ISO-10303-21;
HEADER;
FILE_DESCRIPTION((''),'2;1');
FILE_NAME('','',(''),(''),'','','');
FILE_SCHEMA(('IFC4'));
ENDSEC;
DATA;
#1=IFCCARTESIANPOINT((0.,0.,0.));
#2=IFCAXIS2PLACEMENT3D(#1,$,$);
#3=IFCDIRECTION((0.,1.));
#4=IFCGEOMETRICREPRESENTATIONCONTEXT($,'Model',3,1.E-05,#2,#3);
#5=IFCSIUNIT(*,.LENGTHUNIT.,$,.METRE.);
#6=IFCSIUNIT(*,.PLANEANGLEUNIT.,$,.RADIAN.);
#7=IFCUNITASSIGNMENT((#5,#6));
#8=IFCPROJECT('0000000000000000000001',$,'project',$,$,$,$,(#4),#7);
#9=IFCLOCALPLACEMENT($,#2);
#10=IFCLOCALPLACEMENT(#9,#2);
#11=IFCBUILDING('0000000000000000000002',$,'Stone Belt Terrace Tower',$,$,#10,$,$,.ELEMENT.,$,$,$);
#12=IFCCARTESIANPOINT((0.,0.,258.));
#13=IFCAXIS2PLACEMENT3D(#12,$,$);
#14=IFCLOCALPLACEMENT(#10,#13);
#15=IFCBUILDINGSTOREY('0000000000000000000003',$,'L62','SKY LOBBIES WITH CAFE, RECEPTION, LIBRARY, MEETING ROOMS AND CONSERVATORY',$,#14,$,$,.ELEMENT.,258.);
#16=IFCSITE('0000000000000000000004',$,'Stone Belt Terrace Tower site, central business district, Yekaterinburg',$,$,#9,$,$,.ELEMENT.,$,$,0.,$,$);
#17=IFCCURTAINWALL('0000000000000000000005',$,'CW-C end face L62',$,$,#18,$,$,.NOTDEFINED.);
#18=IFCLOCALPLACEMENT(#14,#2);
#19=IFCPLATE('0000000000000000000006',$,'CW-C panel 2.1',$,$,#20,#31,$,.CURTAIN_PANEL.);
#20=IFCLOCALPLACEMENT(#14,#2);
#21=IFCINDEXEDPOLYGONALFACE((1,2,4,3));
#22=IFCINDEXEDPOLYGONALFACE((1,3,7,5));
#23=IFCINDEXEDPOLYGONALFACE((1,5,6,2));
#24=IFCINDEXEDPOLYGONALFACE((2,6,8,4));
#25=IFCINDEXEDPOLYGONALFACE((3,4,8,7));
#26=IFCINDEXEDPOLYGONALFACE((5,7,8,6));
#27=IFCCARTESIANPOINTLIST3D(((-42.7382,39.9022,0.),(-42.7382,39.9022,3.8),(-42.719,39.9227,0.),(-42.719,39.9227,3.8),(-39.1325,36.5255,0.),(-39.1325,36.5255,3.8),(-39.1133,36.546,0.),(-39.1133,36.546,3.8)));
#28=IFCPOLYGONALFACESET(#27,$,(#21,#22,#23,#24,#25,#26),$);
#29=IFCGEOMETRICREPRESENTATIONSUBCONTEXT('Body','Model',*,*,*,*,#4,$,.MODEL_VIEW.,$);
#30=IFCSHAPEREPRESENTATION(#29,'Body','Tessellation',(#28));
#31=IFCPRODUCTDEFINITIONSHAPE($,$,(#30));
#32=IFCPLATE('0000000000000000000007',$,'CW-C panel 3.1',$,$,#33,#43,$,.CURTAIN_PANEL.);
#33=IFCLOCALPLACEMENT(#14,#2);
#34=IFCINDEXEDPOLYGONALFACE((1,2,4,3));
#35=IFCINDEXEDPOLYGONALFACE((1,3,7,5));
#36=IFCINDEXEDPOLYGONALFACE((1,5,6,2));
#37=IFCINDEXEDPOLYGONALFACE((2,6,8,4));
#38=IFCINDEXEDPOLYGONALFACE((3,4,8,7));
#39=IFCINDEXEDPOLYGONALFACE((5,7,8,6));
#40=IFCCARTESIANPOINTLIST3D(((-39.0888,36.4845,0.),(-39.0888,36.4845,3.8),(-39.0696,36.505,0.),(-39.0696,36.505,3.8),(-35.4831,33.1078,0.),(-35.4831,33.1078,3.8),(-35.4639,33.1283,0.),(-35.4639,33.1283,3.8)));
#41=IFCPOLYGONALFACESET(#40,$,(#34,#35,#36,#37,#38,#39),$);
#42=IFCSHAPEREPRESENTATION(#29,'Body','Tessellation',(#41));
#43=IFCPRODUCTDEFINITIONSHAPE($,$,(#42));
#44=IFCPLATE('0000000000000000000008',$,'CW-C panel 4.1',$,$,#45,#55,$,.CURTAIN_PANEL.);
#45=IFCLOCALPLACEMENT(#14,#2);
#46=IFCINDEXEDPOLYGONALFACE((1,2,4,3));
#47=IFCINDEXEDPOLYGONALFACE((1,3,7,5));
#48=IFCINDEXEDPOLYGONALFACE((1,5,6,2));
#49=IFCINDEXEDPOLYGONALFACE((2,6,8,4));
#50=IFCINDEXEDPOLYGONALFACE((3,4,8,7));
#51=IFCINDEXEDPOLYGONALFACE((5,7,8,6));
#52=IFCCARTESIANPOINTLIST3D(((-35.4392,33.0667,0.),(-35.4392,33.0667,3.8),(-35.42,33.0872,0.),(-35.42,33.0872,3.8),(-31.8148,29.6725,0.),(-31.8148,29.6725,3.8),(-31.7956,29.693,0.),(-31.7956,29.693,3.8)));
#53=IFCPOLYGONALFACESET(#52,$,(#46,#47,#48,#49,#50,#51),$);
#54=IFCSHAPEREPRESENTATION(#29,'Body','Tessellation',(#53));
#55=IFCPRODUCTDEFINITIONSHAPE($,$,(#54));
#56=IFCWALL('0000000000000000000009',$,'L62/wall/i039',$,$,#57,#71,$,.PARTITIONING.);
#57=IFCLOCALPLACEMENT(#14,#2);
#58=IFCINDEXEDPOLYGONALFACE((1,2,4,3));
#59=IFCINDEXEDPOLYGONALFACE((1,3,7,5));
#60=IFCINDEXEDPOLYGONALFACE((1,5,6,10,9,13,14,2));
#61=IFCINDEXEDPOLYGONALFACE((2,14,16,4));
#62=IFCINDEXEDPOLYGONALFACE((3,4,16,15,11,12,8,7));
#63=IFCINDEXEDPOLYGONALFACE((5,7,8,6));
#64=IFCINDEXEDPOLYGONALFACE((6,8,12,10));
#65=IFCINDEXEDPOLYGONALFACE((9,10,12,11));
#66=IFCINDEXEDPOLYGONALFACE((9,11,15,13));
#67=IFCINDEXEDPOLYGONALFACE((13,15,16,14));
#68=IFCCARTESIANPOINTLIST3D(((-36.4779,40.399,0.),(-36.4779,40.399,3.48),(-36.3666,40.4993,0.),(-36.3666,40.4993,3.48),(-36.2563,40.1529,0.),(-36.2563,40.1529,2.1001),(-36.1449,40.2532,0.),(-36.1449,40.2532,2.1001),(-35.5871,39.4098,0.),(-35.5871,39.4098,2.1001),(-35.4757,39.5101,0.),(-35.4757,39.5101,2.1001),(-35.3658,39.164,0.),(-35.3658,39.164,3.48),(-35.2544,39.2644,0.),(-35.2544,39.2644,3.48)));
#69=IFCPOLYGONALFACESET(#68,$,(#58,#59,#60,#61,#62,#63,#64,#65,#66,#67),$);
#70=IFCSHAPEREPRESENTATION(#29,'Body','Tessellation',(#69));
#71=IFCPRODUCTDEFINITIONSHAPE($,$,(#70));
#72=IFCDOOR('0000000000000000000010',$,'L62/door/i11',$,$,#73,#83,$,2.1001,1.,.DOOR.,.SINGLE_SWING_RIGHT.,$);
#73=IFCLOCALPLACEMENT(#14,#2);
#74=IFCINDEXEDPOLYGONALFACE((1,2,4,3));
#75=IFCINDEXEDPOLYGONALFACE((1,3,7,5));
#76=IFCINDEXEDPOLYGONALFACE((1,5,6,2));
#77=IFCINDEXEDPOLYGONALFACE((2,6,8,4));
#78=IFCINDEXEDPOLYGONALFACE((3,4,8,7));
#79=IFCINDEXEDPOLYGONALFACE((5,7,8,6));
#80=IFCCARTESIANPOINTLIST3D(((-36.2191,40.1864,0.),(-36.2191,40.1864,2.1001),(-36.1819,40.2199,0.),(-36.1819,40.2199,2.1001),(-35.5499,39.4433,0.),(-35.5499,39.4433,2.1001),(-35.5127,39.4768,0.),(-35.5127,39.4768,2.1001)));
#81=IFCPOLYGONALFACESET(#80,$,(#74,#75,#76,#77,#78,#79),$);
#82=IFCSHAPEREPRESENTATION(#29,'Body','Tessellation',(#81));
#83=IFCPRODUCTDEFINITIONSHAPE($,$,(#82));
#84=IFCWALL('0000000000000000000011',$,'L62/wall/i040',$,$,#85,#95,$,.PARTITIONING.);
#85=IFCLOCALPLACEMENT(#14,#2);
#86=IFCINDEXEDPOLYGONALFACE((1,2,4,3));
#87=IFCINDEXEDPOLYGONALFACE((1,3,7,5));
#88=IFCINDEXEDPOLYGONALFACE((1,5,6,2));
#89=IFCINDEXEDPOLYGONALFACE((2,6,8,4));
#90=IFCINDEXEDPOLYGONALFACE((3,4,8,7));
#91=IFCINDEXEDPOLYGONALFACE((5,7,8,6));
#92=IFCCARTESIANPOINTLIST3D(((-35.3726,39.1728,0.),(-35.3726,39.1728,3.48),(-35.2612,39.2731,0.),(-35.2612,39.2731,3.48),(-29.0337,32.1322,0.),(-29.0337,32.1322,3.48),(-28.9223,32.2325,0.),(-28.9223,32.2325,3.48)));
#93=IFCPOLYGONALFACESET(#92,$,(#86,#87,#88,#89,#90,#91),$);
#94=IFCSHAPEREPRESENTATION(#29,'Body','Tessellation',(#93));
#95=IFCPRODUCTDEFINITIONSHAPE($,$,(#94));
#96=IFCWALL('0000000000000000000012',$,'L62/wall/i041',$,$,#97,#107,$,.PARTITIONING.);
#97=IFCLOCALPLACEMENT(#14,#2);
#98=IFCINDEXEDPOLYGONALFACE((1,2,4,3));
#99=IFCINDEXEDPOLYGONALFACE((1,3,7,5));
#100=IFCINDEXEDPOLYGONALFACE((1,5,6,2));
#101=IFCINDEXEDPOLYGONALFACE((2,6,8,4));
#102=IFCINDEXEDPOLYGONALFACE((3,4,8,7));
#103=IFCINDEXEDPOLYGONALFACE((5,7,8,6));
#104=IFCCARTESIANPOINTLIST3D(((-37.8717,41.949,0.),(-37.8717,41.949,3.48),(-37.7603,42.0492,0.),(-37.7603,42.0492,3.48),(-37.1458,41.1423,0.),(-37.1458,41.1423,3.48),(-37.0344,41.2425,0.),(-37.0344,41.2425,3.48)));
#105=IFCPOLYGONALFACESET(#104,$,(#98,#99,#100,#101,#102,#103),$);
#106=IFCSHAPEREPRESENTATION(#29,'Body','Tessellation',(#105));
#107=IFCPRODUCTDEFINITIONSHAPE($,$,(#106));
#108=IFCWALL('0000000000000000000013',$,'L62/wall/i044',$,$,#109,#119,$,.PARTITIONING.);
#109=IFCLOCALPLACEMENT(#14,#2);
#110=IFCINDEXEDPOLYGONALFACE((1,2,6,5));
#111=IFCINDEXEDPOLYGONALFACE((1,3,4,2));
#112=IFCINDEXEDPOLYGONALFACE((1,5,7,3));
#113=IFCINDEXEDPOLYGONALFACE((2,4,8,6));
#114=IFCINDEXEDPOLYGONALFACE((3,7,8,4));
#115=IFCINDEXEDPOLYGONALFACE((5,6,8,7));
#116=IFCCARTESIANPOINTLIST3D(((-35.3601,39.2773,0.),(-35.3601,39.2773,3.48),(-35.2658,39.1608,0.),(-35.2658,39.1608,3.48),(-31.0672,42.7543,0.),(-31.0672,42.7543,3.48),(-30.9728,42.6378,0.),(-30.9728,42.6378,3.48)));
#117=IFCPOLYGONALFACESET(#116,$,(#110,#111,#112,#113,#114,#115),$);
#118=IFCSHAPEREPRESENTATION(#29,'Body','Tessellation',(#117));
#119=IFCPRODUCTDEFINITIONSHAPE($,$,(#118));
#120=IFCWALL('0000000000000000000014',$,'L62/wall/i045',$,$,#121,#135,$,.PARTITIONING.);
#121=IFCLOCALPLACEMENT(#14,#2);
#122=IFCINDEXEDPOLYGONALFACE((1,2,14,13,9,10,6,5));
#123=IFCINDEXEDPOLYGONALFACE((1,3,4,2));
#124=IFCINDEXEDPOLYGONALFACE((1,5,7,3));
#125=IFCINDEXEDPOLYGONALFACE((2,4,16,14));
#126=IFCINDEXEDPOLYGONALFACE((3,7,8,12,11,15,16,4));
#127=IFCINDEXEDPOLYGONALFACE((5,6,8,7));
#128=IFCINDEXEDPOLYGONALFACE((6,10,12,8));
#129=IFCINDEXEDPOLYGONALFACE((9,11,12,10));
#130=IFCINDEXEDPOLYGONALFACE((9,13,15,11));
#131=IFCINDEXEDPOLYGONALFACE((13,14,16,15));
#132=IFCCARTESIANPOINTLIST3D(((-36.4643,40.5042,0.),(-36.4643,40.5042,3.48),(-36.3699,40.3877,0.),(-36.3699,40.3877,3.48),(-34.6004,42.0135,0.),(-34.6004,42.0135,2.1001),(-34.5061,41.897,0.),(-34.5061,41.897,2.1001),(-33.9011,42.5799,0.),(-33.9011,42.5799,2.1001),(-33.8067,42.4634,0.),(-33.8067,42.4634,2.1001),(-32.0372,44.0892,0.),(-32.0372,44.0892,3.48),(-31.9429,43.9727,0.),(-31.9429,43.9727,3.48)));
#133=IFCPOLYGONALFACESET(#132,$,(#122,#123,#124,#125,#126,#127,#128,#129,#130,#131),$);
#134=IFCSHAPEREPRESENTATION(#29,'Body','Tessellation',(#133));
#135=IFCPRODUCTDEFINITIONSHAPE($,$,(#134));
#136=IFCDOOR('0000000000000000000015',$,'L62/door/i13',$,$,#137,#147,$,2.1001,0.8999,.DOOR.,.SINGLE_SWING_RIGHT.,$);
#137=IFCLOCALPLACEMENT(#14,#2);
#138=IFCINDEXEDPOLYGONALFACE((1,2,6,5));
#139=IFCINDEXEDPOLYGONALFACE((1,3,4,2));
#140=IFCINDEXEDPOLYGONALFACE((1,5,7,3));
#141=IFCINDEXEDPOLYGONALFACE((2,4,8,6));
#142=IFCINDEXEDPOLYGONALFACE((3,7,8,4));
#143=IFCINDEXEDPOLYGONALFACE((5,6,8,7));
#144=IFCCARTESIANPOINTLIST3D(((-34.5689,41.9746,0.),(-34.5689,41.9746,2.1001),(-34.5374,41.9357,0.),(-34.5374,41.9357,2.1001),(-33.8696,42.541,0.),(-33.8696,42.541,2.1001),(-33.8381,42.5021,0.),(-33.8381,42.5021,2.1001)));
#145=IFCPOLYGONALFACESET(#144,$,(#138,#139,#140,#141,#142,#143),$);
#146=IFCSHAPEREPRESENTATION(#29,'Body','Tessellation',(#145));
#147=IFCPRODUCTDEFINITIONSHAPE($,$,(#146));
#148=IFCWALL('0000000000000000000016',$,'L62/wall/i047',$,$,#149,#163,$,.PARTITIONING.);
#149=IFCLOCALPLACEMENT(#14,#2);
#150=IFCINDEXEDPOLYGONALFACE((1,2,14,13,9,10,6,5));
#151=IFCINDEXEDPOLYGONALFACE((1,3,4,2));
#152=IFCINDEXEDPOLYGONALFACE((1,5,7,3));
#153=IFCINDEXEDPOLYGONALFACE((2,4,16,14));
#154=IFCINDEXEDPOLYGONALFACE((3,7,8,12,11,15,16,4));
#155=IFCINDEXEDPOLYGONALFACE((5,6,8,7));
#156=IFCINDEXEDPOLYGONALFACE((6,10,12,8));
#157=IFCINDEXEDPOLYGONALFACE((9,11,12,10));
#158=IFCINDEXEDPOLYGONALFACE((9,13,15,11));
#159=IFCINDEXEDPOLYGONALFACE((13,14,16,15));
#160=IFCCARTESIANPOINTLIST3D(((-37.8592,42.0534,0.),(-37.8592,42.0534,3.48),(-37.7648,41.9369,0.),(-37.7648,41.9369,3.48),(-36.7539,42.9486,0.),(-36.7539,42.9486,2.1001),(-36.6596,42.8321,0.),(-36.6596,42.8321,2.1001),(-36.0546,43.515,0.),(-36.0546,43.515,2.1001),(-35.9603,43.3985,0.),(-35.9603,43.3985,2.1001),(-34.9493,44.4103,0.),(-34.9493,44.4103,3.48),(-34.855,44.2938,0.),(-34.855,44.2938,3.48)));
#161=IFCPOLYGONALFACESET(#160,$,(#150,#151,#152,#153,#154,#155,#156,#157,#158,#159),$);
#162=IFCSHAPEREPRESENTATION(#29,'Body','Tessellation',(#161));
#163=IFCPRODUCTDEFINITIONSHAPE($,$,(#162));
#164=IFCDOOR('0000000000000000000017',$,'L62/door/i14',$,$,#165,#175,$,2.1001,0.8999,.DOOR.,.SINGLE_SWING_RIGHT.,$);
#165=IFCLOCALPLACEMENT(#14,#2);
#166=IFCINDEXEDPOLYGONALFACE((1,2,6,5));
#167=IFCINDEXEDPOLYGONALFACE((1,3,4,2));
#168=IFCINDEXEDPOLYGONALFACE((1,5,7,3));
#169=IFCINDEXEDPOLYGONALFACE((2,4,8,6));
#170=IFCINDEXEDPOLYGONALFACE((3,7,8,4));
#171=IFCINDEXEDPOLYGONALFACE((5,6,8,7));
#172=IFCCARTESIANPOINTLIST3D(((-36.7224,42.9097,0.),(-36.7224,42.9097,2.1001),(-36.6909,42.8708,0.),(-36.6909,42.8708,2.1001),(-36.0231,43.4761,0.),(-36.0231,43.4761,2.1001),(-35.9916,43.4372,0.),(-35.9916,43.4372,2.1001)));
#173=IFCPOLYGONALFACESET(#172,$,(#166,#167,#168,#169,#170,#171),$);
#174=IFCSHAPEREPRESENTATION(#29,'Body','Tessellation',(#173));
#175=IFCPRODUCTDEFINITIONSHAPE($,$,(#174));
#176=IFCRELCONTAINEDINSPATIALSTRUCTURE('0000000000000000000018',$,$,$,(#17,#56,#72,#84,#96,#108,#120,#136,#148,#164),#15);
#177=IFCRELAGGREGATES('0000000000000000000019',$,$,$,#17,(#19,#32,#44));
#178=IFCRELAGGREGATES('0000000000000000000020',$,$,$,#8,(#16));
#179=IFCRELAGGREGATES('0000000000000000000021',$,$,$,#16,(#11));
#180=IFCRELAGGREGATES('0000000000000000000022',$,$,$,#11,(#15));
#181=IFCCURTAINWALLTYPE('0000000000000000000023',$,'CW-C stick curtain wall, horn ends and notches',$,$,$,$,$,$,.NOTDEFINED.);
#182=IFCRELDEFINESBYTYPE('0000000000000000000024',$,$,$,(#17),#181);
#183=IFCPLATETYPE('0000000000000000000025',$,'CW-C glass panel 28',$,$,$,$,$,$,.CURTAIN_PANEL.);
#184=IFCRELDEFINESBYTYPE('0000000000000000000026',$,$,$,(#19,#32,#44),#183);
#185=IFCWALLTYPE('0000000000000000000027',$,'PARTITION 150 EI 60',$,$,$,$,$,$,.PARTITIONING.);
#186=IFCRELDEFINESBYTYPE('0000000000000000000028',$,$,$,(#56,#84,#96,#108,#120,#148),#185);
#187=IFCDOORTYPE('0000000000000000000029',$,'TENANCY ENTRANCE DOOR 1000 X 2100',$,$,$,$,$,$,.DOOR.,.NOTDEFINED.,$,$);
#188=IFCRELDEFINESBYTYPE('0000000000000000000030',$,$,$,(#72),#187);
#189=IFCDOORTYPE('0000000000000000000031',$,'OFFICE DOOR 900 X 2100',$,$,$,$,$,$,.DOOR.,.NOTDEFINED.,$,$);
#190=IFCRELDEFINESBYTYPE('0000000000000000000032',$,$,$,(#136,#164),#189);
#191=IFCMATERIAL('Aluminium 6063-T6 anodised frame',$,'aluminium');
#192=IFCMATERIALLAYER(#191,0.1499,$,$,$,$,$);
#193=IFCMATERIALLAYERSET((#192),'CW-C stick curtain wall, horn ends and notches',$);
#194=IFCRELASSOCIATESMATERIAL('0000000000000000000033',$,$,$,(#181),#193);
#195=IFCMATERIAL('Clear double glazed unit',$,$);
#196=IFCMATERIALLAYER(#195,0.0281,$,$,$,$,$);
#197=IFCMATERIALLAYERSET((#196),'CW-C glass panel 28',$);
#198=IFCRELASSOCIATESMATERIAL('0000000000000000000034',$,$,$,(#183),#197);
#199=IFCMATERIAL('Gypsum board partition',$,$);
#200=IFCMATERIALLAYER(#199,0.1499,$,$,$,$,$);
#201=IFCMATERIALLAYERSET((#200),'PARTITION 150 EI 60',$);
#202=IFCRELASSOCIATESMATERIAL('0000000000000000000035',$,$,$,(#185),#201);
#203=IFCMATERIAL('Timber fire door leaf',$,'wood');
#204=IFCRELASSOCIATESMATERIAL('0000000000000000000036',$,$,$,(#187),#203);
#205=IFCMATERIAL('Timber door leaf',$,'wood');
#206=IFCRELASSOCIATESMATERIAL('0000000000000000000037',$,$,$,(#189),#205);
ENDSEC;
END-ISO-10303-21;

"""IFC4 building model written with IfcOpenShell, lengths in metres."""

from ifc_helpers import new_model, si_unit, direction, frame, frame_2d, origin, origin_2d, place, context, subcontext, project, spatial, rectangle, extrude, material, layer, layer_set, type_object, element, fill, aggregate, save


model = new_model("IFC4")

# Units and contexts
model_context = context("Model", 3, precision=1e-05, world=origin(), true_north=direction((0.0, 1.0)))
body_context = subcontext(model_context, "Body", "Model", "MODEL_VIEW")
ifc_project = project(units=[si_unit("LENGTHUNIT", "METRE"), si_unit("PLANEANGLEUNIT", "RADIAN")], contexts=[model_context])

# Site, building, storey
site_placement = place(None, origin())
site = spatial("IfcSite", under=ifc_project, at=site_placement, Name="Stone Belt Terrace Tower site, central business district, Yekaterinburg", CompositionType="ELEMENT", RefElevation=0.0)
building_placement = place(site_placement, origin())
building = spatial("IfcBuilding", under=site, at=building_placement, Name="Stone Belt Terrace Tower", CompositionType="ELEMENT")
storey_placement = place(building_placement, frame((0.0, 0.0, 258.0)))
storey = spatial("IfcBuildingStorey", under=building, at=storey_placement, Name="L62", Description="SKY LOBBIES WITH CAFE, RECEPTION, LIBRARY, MEETING ROOMS AND CONSERVATORY", CompositionType="ELEMENT", Elevation=258.0)

# Curtain wall
ifc_material_1 = material(Name="Aluminium 6063-T6 anodised frame", Category="aluminium")
ifc_layer_1 = layer(ifc_material_1, 0.1499)
ifc_layer_set_1 = layer_set([ifc_layer_1], Name="CW-C stick curtain wall, horn ends and notches")
curtain_wall_type_1 = type_object("IfcCurtainWallType", Name="CW-C stick curtain wall, horn ends and notches", PredefinedType="NOTDEFINED", material=ifc_layer_set_1)
curtain_wall_1_placement = place(storey_placement, origin())
curtain_wall_1 = element("IfcCurtainWall", 1, at=curtain_wall_1_placement, inside=storey, type_object=curtain_wall_type_1, Name="CW-C end face L62", PredefinedType="NOTDEFINED")

# Plates
ifc_material_2 = material(Name="Clear double glazed unit")
ifc_layer_2 = layer(ifc_material_2, 0.0281)
ifc_layer_set_2 = layer_set([ifc_layer_2], Name="CW-C glass panel 28")
plate_type = type_object("IfcPlateType", Name="CW-C glass panel 28", PredefinedType="CURTAIN_PANEL", material=ifc_layer_set_2)
plate_1_placement = place(storey_placement, frame((-40.9258, 38.2241, 0.0), z_axis=(0.0, 0.0, 1.0), x_axis=(0.729904, -0.683549, 0.0)))
plate_1 = element("IfcPlate", 2, at=plate_1_placement, type_object=plate_type, Name="CW-C panel 2.1", PredefinedType="CURTAIN_PANEL", context=body_context, shape_type="SweptSolid", body=[
    extrude(rectangle(XDim=4.9399, YDim=0.0281, at=origin_2d()), origin(), (0.0, 0.0, 1.0), 3.8),
])
plate_2_placement = place(storey_placement, frame((-37.2764, 34.8064, 0.0), z_axis=(0.0, 0.0, 1.0), x_axis=(0.729904, -0.683549, 0.0)))
plate_2 = element("IfcPlate", 3, at=plate_2_placement, type_object=plate_type, Name="CW-C panel 3.1", PredefinedType="CURTAIN_PANEL", context=body_context, shape_type="SweptSolid", body=[
    extrude(rectangle(XDim=4.9399, YDim=0.0281, at=origin_2d()), origin(), (0.0, 0.0, 1.0), 3.8),
])
plate_3_placement = place(storey_placement, frame((-33.6174, 31.3799, 0.0), z_axis=(0.0, 0.0, 1.0), x_axis=(0.729904, -0.683549, 0.0)))
plate_3 = element("IfcPlate", 4, at=plate_3_placement, type_object=plate_type, Name="CW-C panel 4.1", PredefinedType="CURTAIN_PANEL", context=body_context, shape_type="SweptSolid", body=[
    extrude(rectangle(XDim=4.9656, YDim=0.0281, at=origin_2d()), origin(), (0.0, 0.0, 1.0), 3.8),
])
aggregate(curtain_wall_1, [plate_1, plate_2, plate_3])

# Wall, opening, door
ifc_material_3 = material(Name="Gypsum board partition")
ifc_layer_3 = layer(ifc_material_3, 0.1499)
ifc_layer_set_3 = layer_set([ifc_layer_3], Name="PARTITION 150 EI 60")
wall_type = type_object("IfcWallType", Name="PARTITION 150 EI 60", PredefinedType="PARTITIONING", material=ifc_layer_set_3)
wall_1_placement = place(storey_placement, frame((-35.3101, 39.2141, 0.0), z_axis=(0.0, 0.0, 1.0), x_axis=(-0.669192, 0.74309, 0.0)))
wall_1 = element("IfcWall", 5, at=wall_1_placement, inside=storey, type_object=wall_type, Name="L62/wall/i039", PredefinedType="PARTITIONING", context=body_context, shape_type="SweptSolid", body=[
    extrude(rectangle(XDim=1.6619, YDim=0.1499, at=frame_2d((0.8311, 0.0))), origin(), (0.0, 0.0, 1.0), 3.48),
])
opening_1_placement = place(wall_1_placement, frame((0.3308, 0.0, 0.0)))
opening_1 = element("IfcOpeningElement", 6, at=opening_1_placement, cuts=wall_1, PredefinedType="OPENING", context=body_context, shape_type="SweptSolid", body=[
    extrude(rectangle(XDim=1.0, YDim=2.1001, at=frame_2d((0.5, 1.05))), frame((0.0, 0.085, 0.0), z_axis=(0.0, -1.0, 0.0), x_axis=(1.0, 0.0, 0.0)), (0.0, 0.0, 1.0), 0.1699),
])
ifc_material_4 = material(Name="Timber fire door leaf", Category="wood")
door_type_1 = type_object("IfcDoorType", Name="TENANCY ENTRANCE DOOR 1000 X 2100", OperationType="NOTDEFINED", PredefinedType="DOOR", material=ifc_material_4)
door_1_placement = place(opening_1_placement, origin())
door_1 = element("IfcDoor", 7, at=door_1_placement, inside=storey, type_object=door_type_1, Name="L62/door/i11", OperationType="SINGLE_SWING_RIGHT", OverallHeight=2.1001, OverallWidth=1.0, PredefinedType="DOOR", context=body_context, shape_type="SweptSolid", body=[
    extrude(rectangle(XDim=1.0, YDim=2.1001, at=frame_2d((0.5, 1.05))), frame((0.0, 0.0249, 0.0), z_axis=(0.0, -1.0, 0.0), x_axis=(1.0, 0.0, 0.0)), (0.0, 0.0, 1.0), 0.05),
])
fill(opening_1, door_1)

# Walls
wall_2_placement = place(storey_placement, frame((-35.3169, 39.2229, 0.0), z_axis=(0.0, 0.0, 1.0), x_axis=(0.669104, -0.743169, 0.0)))
element("IfcWall", 8, at=wall_2_placement, inside=storey, type_object=wall_type, Name="L62/wall/i040", PredefinedType="PARTITIONING", context=body_context, shape_type="SweptSolid", body=[
    extrude(rectangle(XDim=9.4736, YDim=0.1499, at=frame_2d((4.7368, 0.0))), origin(), (0.0, 0.0, 1.0), 3.48),
])
wall_3_placement = place(storey_placement, frame((-37.8159, 41.999, 0.0), z_axis=(0.0, 0.0, 1.0), x_axis=(0.66889, -0.743361, 0.0)))
element("IfcWall", 9, at=wall_3_placement, inside=storey, type_object=wall_type, Name="L62/wall/i041", PredefinedType="PARTITIONING", context=body_context, shape_type="SweptSolid", body=[
    extrude(rectangle(XDim=1.0852, YDim=0.1499, at=frame_2d((0.5425, 0.0))), origin(), (0.0, 0.0, 1.0), 3.48),
])
wall_4_placement = place(storey_placement, frame((-31.02, 42.696, 0.0), z_axis=(0.0, 0.0, 1.0), x_axis=(-0.777086, -0.629394, 0.0)))
element("IfcWall", 10, at=wall_4_placement, inside=storey, type_object=wall_type, Name="L62/wall/i044", PredefinedType="PARTITIONING", context=body_context, shape_type="SweptSolid", body=[
    extrude(rectangle(XDim=5.5244, YDim=0.1499, at=frame_2d((2.7622, 0.0))), origin(), (0.0, 0.0, 1.0), 3.48),
])

# Walls, openings, doors
wall_5_placement = place(storey_placement, frame((-36.417, 40.446, 0.0), z_axis=(0.0, 0.0, 1.0), x_axis=(0.777142, 0.629325, 0.0)))
wall_5 = element("IfcWall", 11, at=wall_5_placement, inside=storey, type_object=wall_type, Name="L62/wall/i045", PredefinedType="PARTITIONING", context=body_context, shape_type="SweptSolid", body=[
    extrude(rectangle(XDim=5.6965, YDim=0.1499, at=frame_2d((2.8481, 0.0))), origin(), (0.0, 0.0, 1.0), 3.48),
])
opening_2_placement = place(wall_5_placement, frame((2.3982, 0.0, 0.0)))
opening_2 = element("IfcOpeningElement", 12, at=opening_2_placement, cuts=wall_5, PredefinedType="OPENING", context=body_context, shape_type="SweptSolid", body=[
    extrude(rectangle(XDim=0.8999, YDim=2.1001, at=frame_2d((0.45, 1.05))), frame((0.0, 0.085, 0.0), z_axis=(0.0, -1.0, 0.0), x_axis=(1.0, 0.0, 0.0)), (0.0, 0.0, 1.0), 0.1699),
])
ifc_material_5 = material(Name="Timber door leaf", Category="wood")
door_type_2 = type_object("IfcDoorType", Name="OFFICE DOOR 900 X 2100", OperationType="NOTDEFINED", PredefinedType="DOOR", material=ifc_material_5)
door_2_placement = place(opening_2_placement, origin())
door_2 = element("IfcDoor", 13, at=door_2_placement, inside=storey, type_object=door_type_2, Name="L62/door/i13", OperationType="SINGLE_SWING_RIGHT", OverallHeight=2.1001, OverallWidth=0.8999, PredefinedType="DOOR", context=body_context, shape_type="SweptSolid", body=[
    extrude(rectangle(XDim=0.8999, YDim=2.1001, at=frame_2d((0.45, 1.05))), frame((0.0, 0.0249, 0.0), z_axis=(0.0, -1.0, 0.0), x_axis=(1.0, 0.0, 0.0)), (0.0, 0.0, 1.0), 0.05),
])
fill(opening_2, door_2)
wall_6_placement = place(storey_placement, frame((-37.812, 41.9951, 0.0), z_axis=(0.0, 0.0, 1.0), x_axis=(0.777076, 0.629406, 0.0)))
wall_6 = element("IfcWall", 14, at=wall_6_placement, inside=storey, type_object=wall_type, Name="L62/wall/i047", PredefinedType="PARTITIONING", context=body_context, shape_type="SweptSolid", body=[
    extrude(rectangle(XDim=3.7446, YDim=0.1499, at=frame_2d((1.8723, 0.0))), origin(), (0.0, 0.0, 1.0), 3.48),
])
opening_3_placement = place(wall_6_placement, frame((1.4224, 0.0, 0.0)))
opening_3 = element("IfcOpeningElement", 15, at=opening_3_placement, cuts=wall_6, PredefinedType="OPENING", context=body_context, shape_type="SweptSolid", body=[
    extrude(rectangle(XDim=0.8999, YDim=2.1001, at=frame_2d((0.45, 1.05))), frame((0.0, 0.085, 0.0), z_axis=(0.0, -1.0, 0.0), x_axis=(1.0, 0.0, 0.0)), (0.0, 0.0, 1.0), 0.1699),
])
door_3_placement = place(opening_3_placement, origin())
door_3 = element("IfcDoor", 16, at=door_3_placement, inside=storey, type_object=door_type_2, Name="L62/door/i14", OperationType="SINGLE_SWING_RIGHT", OverallHeight=2.1001, OverallWidth=0.8999, PredefinedType="DOOR", context=body_context, shape_type="SweptSolid", body=[
    extrude(rectangle(XDim=0.8999, YDim=2.1001, at=frame_2d((0.45, 1.05))), frame((0.0, 0.0249, 0.0), z_axis=(0.0, -1.0, 0.0), x_axis=(1.0, 0.0, 0.0)), (0.0, 0.0, 1.0), 0.05),
])
fill(opening_3, door_3)

save(model, "model.ifc")
